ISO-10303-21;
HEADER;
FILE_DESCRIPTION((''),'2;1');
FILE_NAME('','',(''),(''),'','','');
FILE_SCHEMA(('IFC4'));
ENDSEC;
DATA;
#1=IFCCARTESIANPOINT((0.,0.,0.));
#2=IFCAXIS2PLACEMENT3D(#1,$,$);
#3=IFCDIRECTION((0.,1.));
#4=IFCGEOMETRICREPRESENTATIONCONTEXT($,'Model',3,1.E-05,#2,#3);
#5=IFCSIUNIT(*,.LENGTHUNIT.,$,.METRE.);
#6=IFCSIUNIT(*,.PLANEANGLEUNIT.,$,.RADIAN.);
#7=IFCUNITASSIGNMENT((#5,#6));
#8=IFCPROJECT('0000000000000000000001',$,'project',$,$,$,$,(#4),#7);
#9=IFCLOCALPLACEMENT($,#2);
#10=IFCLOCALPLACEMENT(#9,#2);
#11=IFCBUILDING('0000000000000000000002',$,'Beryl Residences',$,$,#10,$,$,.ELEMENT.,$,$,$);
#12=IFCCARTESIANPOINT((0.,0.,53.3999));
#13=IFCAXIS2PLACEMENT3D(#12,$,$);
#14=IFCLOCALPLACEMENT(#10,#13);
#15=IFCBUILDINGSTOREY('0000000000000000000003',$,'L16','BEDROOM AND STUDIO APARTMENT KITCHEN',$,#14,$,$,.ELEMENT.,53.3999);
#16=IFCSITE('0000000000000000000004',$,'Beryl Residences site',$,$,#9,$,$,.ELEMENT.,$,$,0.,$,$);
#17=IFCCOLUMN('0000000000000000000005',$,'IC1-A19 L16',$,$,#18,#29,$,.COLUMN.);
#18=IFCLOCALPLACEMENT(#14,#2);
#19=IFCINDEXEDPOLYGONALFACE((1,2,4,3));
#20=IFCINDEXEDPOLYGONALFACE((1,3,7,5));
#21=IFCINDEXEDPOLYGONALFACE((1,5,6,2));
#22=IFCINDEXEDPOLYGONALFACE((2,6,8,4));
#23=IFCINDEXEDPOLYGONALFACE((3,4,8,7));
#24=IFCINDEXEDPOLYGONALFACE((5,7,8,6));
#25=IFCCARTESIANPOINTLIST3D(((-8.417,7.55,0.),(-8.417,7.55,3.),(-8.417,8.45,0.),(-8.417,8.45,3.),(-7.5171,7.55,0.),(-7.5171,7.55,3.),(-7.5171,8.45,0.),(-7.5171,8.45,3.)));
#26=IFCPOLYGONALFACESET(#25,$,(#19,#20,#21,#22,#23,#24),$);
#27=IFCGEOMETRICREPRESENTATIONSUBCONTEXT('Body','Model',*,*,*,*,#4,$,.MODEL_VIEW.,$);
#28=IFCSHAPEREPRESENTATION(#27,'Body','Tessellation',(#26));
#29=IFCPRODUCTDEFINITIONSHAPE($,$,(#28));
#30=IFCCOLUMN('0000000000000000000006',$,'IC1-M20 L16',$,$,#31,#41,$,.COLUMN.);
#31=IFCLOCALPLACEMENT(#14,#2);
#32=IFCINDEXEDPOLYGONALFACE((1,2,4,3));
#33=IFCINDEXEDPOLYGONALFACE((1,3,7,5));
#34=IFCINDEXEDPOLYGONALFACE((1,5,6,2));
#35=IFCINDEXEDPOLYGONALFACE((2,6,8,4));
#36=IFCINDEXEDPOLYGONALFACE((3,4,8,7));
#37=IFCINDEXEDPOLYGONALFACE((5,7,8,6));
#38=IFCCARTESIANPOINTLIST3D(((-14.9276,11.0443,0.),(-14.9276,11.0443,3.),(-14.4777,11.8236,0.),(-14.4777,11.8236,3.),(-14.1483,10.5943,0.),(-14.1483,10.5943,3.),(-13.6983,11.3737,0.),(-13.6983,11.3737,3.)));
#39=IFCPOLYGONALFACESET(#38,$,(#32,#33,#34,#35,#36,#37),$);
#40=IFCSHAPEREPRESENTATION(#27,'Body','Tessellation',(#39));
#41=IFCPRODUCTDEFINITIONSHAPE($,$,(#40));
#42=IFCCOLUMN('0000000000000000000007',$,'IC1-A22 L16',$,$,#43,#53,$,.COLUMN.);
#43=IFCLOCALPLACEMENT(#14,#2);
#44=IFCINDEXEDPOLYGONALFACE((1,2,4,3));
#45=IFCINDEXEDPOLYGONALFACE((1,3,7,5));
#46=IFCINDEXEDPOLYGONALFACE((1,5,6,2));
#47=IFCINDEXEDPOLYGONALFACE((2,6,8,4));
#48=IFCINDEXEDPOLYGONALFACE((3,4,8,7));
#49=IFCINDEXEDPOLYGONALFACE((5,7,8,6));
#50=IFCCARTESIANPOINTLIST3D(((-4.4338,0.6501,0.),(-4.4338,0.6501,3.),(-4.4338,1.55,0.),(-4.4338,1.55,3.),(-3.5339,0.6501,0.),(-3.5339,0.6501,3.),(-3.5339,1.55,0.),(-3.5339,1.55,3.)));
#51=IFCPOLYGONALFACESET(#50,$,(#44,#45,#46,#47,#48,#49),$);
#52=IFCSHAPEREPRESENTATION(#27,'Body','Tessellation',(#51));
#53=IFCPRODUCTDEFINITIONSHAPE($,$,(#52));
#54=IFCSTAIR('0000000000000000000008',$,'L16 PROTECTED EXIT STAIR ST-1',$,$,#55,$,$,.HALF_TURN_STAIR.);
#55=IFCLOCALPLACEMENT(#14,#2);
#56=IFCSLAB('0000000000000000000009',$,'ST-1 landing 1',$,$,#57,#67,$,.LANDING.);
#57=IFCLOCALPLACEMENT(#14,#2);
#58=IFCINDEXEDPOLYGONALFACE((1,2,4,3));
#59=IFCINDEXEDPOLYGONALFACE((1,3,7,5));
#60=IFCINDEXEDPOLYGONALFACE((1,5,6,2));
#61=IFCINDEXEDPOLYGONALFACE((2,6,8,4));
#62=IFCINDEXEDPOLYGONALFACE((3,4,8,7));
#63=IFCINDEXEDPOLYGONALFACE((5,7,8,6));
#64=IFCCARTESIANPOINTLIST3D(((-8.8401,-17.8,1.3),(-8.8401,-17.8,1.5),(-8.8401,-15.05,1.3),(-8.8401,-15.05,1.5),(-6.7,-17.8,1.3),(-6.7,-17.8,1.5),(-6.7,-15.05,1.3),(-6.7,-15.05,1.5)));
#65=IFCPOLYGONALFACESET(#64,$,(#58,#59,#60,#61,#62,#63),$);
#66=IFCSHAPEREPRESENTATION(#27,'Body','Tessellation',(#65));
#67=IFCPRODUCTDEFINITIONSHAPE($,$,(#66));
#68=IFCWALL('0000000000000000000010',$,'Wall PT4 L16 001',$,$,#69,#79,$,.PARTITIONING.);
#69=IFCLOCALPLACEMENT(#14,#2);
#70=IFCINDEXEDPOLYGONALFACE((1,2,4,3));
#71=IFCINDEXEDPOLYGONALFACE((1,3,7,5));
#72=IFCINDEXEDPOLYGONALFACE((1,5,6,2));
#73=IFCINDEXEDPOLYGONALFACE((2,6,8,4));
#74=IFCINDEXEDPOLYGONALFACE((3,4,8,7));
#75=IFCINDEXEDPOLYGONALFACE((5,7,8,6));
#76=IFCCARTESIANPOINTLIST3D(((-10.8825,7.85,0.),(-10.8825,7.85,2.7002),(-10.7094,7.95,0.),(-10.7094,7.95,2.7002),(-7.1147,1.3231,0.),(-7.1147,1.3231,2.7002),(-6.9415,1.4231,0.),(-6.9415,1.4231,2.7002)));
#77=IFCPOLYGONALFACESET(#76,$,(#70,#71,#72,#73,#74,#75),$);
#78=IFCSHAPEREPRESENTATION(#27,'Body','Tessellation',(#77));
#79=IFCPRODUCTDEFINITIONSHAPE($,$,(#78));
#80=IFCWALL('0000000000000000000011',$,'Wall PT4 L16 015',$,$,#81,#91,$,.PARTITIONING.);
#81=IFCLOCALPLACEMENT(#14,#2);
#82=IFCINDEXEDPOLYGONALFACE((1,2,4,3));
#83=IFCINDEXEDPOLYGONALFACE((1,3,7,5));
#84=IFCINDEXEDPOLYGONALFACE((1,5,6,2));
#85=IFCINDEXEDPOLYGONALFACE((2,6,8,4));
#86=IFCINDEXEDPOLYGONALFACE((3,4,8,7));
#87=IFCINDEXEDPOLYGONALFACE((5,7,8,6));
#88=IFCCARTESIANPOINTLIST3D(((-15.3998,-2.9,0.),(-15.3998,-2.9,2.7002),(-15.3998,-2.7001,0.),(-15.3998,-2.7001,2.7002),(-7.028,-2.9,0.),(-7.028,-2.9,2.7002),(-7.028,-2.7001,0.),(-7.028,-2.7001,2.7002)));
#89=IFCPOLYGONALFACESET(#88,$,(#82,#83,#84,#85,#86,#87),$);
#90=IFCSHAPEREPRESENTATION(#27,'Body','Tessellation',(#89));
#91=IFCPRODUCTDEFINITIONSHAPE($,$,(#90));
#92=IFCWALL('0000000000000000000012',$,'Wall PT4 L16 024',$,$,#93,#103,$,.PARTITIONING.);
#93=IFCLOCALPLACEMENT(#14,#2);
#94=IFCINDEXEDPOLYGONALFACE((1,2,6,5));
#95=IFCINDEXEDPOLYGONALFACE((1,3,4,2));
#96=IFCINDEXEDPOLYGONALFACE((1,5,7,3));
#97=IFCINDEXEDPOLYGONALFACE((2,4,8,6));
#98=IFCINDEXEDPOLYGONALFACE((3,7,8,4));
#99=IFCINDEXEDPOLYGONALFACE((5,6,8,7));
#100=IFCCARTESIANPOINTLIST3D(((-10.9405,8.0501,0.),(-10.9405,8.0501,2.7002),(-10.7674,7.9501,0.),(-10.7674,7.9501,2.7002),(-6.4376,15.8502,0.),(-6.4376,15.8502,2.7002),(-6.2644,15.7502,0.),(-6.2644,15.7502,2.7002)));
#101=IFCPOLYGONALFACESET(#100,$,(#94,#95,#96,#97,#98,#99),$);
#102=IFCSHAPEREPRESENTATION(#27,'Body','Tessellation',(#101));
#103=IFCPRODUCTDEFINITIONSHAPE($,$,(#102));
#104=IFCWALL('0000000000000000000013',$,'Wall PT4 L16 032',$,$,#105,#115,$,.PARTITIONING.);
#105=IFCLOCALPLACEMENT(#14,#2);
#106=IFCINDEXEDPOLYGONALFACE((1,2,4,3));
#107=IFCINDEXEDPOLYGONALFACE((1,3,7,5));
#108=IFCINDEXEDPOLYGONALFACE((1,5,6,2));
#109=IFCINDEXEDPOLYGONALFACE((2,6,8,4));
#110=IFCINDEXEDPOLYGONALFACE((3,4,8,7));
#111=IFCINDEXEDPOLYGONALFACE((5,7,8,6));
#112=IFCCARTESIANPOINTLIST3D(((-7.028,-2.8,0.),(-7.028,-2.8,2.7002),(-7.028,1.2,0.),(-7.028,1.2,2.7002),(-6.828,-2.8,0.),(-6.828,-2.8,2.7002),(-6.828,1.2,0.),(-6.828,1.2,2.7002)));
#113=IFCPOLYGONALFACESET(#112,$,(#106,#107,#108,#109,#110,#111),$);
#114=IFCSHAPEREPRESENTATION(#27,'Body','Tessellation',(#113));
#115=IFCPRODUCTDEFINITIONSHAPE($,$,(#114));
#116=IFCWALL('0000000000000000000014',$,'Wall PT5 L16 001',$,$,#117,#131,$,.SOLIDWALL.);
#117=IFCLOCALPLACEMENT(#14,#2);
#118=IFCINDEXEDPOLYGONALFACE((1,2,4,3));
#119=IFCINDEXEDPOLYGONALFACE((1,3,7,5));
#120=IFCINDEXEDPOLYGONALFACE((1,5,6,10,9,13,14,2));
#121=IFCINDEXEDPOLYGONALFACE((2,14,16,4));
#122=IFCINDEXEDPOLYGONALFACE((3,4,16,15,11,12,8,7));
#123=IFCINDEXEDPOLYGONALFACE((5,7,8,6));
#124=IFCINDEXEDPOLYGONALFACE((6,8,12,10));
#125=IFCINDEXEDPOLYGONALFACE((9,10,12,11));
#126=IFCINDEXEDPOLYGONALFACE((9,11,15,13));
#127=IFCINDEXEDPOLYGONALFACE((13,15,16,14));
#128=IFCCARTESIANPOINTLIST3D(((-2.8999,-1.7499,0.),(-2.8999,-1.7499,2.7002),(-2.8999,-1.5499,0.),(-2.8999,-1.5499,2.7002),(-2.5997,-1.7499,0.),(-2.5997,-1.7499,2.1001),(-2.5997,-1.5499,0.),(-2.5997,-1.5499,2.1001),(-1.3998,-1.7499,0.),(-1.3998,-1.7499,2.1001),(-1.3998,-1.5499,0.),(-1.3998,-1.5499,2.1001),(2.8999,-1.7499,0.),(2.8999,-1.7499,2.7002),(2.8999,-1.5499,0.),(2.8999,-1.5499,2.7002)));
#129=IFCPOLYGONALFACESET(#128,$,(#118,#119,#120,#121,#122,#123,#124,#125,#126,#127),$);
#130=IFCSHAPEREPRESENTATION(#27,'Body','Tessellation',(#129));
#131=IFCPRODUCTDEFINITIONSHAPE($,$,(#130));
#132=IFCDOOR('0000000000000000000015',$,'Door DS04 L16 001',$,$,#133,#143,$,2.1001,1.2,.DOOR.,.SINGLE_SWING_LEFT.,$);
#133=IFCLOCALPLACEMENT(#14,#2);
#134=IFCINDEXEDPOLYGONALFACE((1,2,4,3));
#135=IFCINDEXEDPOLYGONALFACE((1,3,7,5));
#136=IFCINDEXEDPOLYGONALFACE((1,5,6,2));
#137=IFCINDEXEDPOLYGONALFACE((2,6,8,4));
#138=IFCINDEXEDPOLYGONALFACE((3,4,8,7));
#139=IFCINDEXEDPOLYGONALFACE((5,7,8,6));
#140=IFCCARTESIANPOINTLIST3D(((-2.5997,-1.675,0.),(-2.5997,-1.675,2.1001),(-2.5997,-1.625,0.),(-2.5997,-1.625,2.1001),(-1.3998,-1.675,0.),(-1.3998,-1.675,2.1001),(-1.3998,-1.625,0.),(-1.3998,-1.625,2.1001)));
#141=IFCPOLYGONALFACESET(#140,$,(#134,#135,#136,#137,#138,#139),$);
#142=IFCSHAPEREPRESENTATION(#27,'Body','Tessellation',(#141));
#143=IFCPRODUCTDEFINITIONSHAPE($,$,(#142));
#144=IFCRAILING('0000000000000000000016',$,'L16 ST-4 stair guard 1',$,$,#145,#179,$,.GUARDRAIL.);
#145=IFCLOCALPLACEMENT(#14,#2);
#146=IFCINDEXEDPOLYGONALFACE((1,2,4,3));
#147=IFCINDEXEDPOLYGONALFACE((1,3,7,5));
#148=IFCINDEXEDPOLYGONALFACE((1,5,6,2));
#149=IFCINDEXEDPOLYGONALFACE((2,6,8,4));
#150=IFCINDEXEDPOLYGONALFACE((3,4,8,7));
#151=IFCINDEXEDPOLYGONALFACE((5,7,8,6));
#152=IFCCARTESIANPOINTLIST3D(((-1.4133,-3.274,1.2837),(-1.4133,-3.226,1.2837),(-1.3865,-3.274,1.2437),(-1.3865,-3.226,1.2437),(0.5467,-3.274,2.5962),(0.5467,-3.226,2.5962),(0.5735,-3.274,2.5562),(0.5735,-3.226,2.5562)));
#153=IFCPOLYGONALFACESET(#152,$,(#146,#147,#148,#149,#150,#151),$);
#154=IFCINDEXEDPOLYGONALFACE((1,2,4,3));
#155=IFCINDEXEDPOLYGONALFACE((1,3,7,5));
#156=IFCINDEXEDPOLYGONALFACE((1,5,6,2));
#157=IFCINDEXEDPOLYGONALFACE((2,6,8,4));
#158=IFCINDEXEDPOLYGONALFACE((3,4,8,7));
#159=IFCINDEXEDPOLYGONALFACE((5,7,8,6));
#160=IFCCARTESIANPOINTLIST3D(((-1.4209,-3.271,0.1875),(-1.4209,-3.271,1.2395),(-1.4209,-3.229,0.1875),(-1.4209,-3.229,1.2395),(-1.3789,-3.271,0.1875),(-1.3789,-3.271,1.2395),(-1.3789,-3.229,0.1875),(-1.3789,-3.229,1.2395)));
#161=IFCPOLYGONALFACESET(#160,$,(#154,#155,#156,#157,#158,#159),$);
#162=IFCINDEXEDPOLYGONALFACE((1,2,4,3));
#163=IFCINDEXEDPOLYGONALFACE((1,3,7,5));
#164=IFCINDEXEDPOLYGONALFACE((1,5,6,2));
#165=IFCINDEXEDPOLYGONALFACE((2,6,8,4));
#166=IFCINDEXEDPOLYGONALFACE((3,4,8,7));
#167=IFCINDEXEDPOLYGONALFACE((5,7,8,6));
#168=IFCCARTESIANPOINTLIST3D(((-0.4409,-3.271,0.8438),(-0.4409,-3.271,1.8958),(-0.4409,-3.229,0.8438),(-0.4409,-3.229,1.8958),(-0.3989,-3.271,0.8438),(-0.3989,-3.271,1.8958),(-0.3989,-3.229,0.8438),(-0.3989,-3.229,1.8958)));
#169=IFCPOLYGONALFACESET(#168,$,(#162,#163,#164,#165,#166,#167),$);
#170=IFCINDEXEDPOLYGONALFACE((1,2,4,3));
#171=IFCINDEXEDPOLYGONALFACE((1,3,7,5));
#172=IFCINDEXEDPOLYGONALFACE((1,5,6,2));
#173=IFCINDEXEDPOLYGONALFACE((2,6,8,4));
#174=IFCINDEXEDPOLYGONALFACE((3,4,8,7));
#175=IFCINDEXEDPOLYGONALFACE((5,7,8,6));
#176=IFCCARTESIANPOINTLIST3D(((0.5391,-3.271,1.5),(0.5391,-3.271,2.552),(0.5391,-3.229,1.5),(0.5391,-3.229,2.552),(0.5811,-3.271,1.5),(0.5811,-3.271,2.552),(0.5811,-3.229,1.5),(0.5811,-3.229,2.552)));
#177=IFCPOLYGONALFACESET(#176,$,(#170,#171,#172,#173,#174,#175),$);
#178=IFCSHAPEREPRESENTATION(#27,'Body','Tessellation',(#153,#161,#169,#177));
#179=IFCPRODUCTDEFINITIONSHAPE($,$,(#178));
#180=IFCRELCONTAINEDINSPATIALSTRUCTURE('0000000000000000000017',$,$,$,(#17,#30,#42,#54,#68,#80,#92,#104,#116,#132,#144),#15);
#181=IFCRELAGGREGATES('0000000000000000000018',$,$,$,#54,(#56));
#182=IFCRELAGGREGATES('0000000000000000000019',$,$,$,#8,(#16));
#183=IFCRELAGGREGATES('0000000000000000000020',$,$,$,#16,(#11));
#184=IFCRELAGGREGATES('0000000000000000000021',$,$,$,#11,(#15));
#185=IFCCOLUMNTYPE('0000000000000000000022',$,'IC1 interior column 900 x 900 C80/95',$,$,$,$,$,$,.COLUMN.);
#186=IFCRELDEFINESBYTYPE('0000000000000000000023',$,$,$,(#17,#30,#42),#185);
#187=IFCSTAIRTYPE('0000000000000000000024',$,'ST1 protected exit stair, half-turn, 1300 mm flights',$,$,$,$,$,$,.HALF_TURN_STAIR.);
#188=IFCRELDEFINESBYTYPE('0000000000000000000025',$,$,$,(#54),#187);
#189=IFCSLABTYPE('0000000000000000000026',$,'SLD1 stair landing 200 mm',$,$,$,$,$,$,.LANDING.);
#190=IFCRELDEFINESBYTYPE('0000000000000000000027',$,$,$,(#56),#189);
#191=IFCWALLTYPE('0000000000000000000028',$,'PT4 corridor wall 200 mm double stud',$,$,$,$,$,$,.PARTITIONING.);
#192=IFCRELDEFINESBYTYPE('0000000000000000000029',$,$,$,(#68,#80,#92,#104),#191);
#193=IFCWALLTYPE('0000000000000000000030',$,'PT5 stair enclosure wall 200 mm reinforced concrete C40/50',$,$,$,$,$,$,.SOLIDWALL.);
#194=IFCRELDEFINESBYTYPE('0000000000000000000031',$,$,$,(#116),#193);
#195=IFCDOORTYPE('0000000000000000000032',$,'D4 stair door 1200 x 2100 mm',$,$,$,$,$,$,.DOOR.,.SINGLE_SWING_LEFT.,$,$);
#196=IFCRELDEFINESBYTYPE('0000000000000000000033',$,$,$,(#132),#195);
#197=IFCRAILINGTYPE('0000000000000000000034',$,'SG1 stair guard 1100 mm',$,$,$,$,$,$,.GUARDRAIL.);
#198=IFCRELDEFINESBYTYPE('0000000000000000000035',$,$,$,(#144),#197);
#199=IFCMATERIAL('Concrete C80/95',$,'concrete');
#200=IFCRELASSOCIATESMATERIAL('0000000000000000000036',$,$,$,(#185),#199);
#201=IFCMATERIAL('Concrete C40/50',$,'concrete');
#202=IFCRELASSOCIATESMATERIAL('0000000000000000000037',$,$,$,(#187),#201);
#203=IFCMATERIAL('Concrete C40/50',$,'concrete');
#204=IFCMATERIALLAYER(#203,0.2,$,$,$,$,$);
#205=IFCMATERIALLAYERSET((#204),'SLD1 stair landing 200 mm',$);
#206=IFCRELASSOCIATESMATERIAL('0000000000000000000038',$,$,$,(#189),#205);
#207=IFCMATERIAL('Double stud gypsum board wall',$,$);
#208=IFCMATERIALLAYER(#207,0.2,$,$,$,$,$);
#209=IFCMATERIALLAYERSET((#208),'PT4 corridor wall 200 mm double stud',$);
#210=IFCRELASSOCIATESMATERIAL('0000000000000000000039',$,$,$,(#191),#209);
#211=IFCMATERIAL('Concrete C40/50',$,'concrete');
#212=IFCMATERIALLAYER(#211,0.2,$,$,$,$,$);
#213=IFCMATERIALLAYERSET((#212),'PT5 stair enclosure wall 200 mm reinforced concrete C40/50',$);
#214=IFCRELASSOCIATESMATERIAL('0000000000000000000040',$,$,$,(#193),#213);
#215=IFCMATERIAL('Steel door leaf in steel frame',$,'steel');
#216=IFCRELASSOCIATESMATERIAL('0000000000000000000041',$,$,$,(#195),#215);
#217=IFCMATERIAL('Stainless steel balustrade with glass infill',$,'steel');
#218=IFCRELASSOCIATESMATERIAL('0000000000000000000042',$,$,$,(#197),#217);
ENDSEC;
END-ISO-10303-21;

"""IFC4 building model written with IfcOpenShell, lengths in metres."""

from ifc_helpers import new_model, si_unit, direction, frame, frame_2d, origin, origin_2d, place, context, subcontext, project, spatial, polyline, rectangle, outline, extrude, material, layer, layer_set, material_profile, profile_set, type_object, element, fill, aggregate, save


model = new_model("IFC4")

# Units and contexts
model_context = context("Model", 3, precision=1e-05, world=origin(), true_north=direction((0.0, 1.0)))
body_context = subcontext(model_context, "Body", "Model", "MODEL_VIEW")
ifc_project = project(units=[si_unit("LENGTHUNIT", "METRE"), si_unit("PLANEANGLEUNIT", "RADIAN")], contexts=[model_context])

# Site, building, storey
site_placement = place(None, origin())
site = spatial("IfcSite", under=ifc_project, at=site_placement, Name="Beryl Residences site", CompositionType="ELEMENT", RefElevation=0.0)
building_placement = place(site_placement, origin())
building = spatial("IfcBuilding", under=site, at=building_placement, Name="Beryl Residences", CompositionType="ELEMENT")
storey_placement = place(building_placement, frame((0.0, 0.0, 53.3999)))
storey = spatial("IfcBuildingStorey", under=building, at=storey_placement, Name="L16", Description="BEDROOM AND STUDIO APARTMENT KITCHEN", CompositionType="ELEMENT", Elevation=53.3999)

# Columns
ifc_material_1 = material(Name="Concrete C80/95", Category="concrete")
ifc_material_profile = material_profile(ifc_material_1, rectangle(XDim=0.8999, YDim=0.8999, at=origin_2d()))
ifc_profile_set = profile_set([ifc_material_profile], Name="Concrete C80/95")
column_type = type_object("IfcColumnType", Name="IC1 interior column 900 x 900 C80/95", PredefinedType="COLUMN", material=ifc_profile_set)
for number, where, z_axis, x_axis, name in (
    (1, (-7.967, 8.0, 0.0), (0.0, 0.0, 1.0), (1.0, 0.0, 0.0), "IC1-A19 L16"),
    (2, (-14.313, 11.209, 0.0), (0.0, 0.0, 1.0), (-0.499985, -0.866034, 0.0), "IC1-M20 L16"),
    (3, (-3.9839, 1.1001, 0.0), (0.0, 0.0, 1.0), (1.0, 0.0, 0.0), "IC1-A22 L16"),
):
    element("IfcColumn", number, at=place(storey_placement, frame(where, z_axis=z_axis, x_axis=x_axis)), inside=storey, type_object=column_type, Name=name, PredefinedType="COLUMN", context=body_context, shape_type="SweptSolid", body=[
        extrude(rectangle(XDim=0.8999, YDim=0.8999, at=origin_2d()), origin(), (0.0, 0.0, 1.0), 3.0),
    ])

# Stair, slab
ifc_material_2 = material(Name="Concrete C40/50", Category="concrete")
stair_type = type_object("IfcStairType", Name="ST1 protected exit stair, half-turn, 1300 mm flights", PredefinedType="HALF_TURN_STAIR", material=ifc_material_2)
stair_placement = place(storey_placement, origin())
stair = element("IfcStair", 4, at=stair_placement, inside=storey, type_object=stair_type, Name="L16 PROTECTED EXIT STAIR ST-1", PredefinedType="HALF_TURN_STAIR")
ifc_material_3 = material(Name="Concrete C40/50", Category="concrete")
ifc_layer_1 = layer(ifc_material_3, 0.2)
ifc_layer_set_1 = layer_set([ifc_layer_1], Name="SLD1 stair landing 200 mm")
slab_type_1 = type_object("IfcSlabType", Name="SLD1 stair landing 200 mm", PredefinedType="LANDING", material=ifc_layer_set_1)
slab_1_placement = place(storey_placement, frame((0.0, 0.0, 1.3)))
slab_1 = element("IfcSlab", 5, at=slab_1_placement, type_object=slab_type_1, Name="ST-1 landing 1", PredefinedType="LANDING", context=body_context, shape_type="SweptSolid", body=[
    extrude(outline(polyline([(-8.8401, -17.8), (-6.7, -17.8), (-6.7, -15.05), (-8.8401, -15.05), (-8.8401, -17.8)])), origin(), (0.0, 0.0, 1.0), 0.2),
])
aggregate(stair, [slab_1])

# Walls
ifc_material_4 = material(Name="Double stud gypsum board wall")
ifc_layer_2 = layer(ifc_material_4, 0.2)
ifc_layer_set_2 = layer_set([ifc_layer_2], Name="PT4 corridor wall 200 mm double stud")
wall_type_1 = type_object("IfcWallType", Name="PT4 corridor wall 200 mm double stud", PredefinedType="PARTITIONING", material=ifc_layer_set_2)
wall_1_placement = place(storey_placement, frame((-10.7959, 7.8999, 0.0), z_axis=(0.0, 0.0, 1.0), x_axis=(0.499954, -0.866052, 0.0)))
element("IfcWall", 6, at=wall_1_placement, inside=storey, type_object=wall_type_1, Name="Wall PT4 L16 001", PredefinedType="PARTITIONING", context=body_context, shape_type="SweptSolid", body=[
    extrude(rectangle(XDim=7.5364, YDim=0.2, at=frame_2d((3.7681, 0.0))), origin(), (0.0, 0.0, 1.0), 2.7002),
])
wall_2_placement = place(storey_placement, frame((-15.3999, -2.8, 0.0), z_axis=(0.0, 0.0, 1.0), x_axis=(1.0, 0.0, 0.0)))
element("IfcWall", 7, at=wall_2_placement, inside=storey, type_object=wall_type_1, Name="Wall PT4 L16 015", PredefinedType="PARTITIONING", context=body_context, shape_type="SweptSolid", body=[
    extrude(rectangle(XDim=8.3718, YDim=0.2, at=frame_2d((4.186, 0.0))), origin(), (0.0, 0.0, 1.0), 2.7002),
])
wall_3_placement = place(storey_placement, frame((-10.854, 8.0, 0.0), z_axis=(0.0, 0.0, 1.0), x_axis=(0.499964, 0.866046, 0.0)))
element("IfcWall", 8, at=wall_3_placement, inside=storey, type_object=wall_type_1, Name="Wall PT4 L16 024", PredefinedType="PARTITIONING", context=body_context, shape_type="SweptSolid", body=[
    extrude(rectangle(XDim=9.0066, YDim=0.2, at=frame_2d((4.5034, 0.0))), origin(), (0.0, 0.0, 1.0), 2.7002),
])
wall_4_placement = place(storey_placement, frame((-6.928, -2.8, 0.0), z_axis=(0.0, 0.0, 1.0), x_axis=(0.0, 1.0, 0.0)))
element("IfcWall", 9, at=wall_4_placement, inside=storey, type_object=wall_type_1, Name="Wall PT4 L16 032", PredefinedType="PARTITIONING", context=body_context, shape_type="SweptSolid", body=[
    extrude(rectangle(XDim=4.0, YDim=0.2, at=frame_2d((2.0, 0.0))), origin(), (0.0, 0.0, 1.0), 2.7002),
])

# Wall, opening, door
ifc_material_5 = material(Name="Concrete C40/50", Category="concrete")
ifc_layer_3 = layer(ifc_material_5, 0.2)
ifc_layer_set_3 = layer_set([ifc_layer_3], Name="PT5 stair enclosure wall 200 mm reinforced concrete C40/50")
wall_type_2 = type_object("IfcWallType", Name="PT5 stair enclosure wall 200 mm reinforced concrete C40/50", PredefinedType="SOLIDWALL", material=ifc_layer_set_3)
wall_5_placement = place(storey_placement, frame((-2.8999, -1.6499, 0.0), z_axis=(0.0, 0.0, 1.0), x_axis=(1.0, 0.0, 0.0)))
wall_5 = element("IfcWall", 10, at=wall_5_placement, inside=storey, type_object=wall_type_2, Name="Wall PT5 L16 001", PredefinedType="SOLIDWALL", context=body_context, shape_type="SweptSolid", body=[
    extrude(rectangle(XDim=5.7998, YDim=0.2, at=frame_2d((2.8999, 0.0))), origin(), (0.0, 0.0, 1.0), 2.7002),
])
opening_placement = place(wall_5_placement, frame((0.3, 0.0, 0.0)))
opening = element("IfcOpeningElement", 11, at=opening_placement, cuts=wall_5, PredefinedType="OPENING", context=body_context, shape_type="SweptSolid", body=[
    extrude(rectangle(XDim=1.2, YDim=2.1001, at=frame_2d((0.6001, 1.05))), frame((0.0, 0.1099, 0.0), z_axis=(0.0, -1.0, 0.0), x_axis=(1.0, 0.0, 0.0)), (0.0, 0.0, 1.0), 0.22),
])
ifc_material_6 = material(Name="Steel door leaf in steel frame", Category="steel")
door_type = type_object("IfcDoorType", Name="D4 stair door 1200 x 2100 mm", OperationType="SINGLE_SWING_LEFT", PredefinedType="DOOR", material=ifc_material_6)
door_placement = place(opening_placement, origin())
door = element("IfcDoor", 12, at=door_placement, inside=storey, type_object=door_type, Name="Door DS04 L16 001", OperationType="SINGLE_SWING_LEFT", OverallHeight=2.1001, OverallWidth=1.2, PredefinedType="DOOR", context=body_context, shape_type="SweptSolid", body=[
    extrude(rectangle(XDim=1.2, YDim=2.1001, at=frame_2d((0.6001, 1.05))), frame((0.0, 0.0249, 0.0), z_axis=(0.0, -1.0, 0.0), x_axis=(1.0, 0.0, 0.0)), (0.0, 0.0, 1.0), 0.05),
])
fill(opening, door)

# Railing
ifc_material_7 = material(Name="Stainless steel balustrade with glass infill", Category="steel")
railing_type_1 = type_object("IfcRailingType", Name="SG1 stair guard 1100 mm", PredefinedType="GUARDRAIL", material=ifc_material_7)
railing_1_placement = place(storey_placement, frame((-1.3999, -3.25, 0.1875)))
element("IfcRailing", 13, at=railing_1_placement, inside=storey, type_object=railing_type_1, Name="L16 ST-4 stair guard 1", PredefinedType="GUARDRAIL", context=body_context, shape_type="SweptSolid", body=[
    extrude(rectangle(XDim=0.0481, YDim=0.0481, at=origin_2d()), frame((0.0, 0.0, 1.0762), z_axis=(0.830902, 0.0, 0.556419), x_axis=(0.0, 1.0, 0.0)), (0.0, 0.0, 1.0), 2.3589),
    extrude(rectangle(XDim=0.042, YDim=0.042, at=origin_2d()), origin(), (0.0, 0.0, 1.0), 1.052),
    extrude(rectangle(XDim=0.042, YDim=0.042, at=origin_2d()), frame((0.98, 0.0, 0.6562)), (0.0, 0.0, 1.0), 1.052),
    extrude(rectangle(XDim=0.042, YDim=0.042, at=origin_2d()), frame((1.96, 0.0, 1.3125)), (0.0, 0.0, 1.0), 1.052),
])

save(model, "model.ifc")
